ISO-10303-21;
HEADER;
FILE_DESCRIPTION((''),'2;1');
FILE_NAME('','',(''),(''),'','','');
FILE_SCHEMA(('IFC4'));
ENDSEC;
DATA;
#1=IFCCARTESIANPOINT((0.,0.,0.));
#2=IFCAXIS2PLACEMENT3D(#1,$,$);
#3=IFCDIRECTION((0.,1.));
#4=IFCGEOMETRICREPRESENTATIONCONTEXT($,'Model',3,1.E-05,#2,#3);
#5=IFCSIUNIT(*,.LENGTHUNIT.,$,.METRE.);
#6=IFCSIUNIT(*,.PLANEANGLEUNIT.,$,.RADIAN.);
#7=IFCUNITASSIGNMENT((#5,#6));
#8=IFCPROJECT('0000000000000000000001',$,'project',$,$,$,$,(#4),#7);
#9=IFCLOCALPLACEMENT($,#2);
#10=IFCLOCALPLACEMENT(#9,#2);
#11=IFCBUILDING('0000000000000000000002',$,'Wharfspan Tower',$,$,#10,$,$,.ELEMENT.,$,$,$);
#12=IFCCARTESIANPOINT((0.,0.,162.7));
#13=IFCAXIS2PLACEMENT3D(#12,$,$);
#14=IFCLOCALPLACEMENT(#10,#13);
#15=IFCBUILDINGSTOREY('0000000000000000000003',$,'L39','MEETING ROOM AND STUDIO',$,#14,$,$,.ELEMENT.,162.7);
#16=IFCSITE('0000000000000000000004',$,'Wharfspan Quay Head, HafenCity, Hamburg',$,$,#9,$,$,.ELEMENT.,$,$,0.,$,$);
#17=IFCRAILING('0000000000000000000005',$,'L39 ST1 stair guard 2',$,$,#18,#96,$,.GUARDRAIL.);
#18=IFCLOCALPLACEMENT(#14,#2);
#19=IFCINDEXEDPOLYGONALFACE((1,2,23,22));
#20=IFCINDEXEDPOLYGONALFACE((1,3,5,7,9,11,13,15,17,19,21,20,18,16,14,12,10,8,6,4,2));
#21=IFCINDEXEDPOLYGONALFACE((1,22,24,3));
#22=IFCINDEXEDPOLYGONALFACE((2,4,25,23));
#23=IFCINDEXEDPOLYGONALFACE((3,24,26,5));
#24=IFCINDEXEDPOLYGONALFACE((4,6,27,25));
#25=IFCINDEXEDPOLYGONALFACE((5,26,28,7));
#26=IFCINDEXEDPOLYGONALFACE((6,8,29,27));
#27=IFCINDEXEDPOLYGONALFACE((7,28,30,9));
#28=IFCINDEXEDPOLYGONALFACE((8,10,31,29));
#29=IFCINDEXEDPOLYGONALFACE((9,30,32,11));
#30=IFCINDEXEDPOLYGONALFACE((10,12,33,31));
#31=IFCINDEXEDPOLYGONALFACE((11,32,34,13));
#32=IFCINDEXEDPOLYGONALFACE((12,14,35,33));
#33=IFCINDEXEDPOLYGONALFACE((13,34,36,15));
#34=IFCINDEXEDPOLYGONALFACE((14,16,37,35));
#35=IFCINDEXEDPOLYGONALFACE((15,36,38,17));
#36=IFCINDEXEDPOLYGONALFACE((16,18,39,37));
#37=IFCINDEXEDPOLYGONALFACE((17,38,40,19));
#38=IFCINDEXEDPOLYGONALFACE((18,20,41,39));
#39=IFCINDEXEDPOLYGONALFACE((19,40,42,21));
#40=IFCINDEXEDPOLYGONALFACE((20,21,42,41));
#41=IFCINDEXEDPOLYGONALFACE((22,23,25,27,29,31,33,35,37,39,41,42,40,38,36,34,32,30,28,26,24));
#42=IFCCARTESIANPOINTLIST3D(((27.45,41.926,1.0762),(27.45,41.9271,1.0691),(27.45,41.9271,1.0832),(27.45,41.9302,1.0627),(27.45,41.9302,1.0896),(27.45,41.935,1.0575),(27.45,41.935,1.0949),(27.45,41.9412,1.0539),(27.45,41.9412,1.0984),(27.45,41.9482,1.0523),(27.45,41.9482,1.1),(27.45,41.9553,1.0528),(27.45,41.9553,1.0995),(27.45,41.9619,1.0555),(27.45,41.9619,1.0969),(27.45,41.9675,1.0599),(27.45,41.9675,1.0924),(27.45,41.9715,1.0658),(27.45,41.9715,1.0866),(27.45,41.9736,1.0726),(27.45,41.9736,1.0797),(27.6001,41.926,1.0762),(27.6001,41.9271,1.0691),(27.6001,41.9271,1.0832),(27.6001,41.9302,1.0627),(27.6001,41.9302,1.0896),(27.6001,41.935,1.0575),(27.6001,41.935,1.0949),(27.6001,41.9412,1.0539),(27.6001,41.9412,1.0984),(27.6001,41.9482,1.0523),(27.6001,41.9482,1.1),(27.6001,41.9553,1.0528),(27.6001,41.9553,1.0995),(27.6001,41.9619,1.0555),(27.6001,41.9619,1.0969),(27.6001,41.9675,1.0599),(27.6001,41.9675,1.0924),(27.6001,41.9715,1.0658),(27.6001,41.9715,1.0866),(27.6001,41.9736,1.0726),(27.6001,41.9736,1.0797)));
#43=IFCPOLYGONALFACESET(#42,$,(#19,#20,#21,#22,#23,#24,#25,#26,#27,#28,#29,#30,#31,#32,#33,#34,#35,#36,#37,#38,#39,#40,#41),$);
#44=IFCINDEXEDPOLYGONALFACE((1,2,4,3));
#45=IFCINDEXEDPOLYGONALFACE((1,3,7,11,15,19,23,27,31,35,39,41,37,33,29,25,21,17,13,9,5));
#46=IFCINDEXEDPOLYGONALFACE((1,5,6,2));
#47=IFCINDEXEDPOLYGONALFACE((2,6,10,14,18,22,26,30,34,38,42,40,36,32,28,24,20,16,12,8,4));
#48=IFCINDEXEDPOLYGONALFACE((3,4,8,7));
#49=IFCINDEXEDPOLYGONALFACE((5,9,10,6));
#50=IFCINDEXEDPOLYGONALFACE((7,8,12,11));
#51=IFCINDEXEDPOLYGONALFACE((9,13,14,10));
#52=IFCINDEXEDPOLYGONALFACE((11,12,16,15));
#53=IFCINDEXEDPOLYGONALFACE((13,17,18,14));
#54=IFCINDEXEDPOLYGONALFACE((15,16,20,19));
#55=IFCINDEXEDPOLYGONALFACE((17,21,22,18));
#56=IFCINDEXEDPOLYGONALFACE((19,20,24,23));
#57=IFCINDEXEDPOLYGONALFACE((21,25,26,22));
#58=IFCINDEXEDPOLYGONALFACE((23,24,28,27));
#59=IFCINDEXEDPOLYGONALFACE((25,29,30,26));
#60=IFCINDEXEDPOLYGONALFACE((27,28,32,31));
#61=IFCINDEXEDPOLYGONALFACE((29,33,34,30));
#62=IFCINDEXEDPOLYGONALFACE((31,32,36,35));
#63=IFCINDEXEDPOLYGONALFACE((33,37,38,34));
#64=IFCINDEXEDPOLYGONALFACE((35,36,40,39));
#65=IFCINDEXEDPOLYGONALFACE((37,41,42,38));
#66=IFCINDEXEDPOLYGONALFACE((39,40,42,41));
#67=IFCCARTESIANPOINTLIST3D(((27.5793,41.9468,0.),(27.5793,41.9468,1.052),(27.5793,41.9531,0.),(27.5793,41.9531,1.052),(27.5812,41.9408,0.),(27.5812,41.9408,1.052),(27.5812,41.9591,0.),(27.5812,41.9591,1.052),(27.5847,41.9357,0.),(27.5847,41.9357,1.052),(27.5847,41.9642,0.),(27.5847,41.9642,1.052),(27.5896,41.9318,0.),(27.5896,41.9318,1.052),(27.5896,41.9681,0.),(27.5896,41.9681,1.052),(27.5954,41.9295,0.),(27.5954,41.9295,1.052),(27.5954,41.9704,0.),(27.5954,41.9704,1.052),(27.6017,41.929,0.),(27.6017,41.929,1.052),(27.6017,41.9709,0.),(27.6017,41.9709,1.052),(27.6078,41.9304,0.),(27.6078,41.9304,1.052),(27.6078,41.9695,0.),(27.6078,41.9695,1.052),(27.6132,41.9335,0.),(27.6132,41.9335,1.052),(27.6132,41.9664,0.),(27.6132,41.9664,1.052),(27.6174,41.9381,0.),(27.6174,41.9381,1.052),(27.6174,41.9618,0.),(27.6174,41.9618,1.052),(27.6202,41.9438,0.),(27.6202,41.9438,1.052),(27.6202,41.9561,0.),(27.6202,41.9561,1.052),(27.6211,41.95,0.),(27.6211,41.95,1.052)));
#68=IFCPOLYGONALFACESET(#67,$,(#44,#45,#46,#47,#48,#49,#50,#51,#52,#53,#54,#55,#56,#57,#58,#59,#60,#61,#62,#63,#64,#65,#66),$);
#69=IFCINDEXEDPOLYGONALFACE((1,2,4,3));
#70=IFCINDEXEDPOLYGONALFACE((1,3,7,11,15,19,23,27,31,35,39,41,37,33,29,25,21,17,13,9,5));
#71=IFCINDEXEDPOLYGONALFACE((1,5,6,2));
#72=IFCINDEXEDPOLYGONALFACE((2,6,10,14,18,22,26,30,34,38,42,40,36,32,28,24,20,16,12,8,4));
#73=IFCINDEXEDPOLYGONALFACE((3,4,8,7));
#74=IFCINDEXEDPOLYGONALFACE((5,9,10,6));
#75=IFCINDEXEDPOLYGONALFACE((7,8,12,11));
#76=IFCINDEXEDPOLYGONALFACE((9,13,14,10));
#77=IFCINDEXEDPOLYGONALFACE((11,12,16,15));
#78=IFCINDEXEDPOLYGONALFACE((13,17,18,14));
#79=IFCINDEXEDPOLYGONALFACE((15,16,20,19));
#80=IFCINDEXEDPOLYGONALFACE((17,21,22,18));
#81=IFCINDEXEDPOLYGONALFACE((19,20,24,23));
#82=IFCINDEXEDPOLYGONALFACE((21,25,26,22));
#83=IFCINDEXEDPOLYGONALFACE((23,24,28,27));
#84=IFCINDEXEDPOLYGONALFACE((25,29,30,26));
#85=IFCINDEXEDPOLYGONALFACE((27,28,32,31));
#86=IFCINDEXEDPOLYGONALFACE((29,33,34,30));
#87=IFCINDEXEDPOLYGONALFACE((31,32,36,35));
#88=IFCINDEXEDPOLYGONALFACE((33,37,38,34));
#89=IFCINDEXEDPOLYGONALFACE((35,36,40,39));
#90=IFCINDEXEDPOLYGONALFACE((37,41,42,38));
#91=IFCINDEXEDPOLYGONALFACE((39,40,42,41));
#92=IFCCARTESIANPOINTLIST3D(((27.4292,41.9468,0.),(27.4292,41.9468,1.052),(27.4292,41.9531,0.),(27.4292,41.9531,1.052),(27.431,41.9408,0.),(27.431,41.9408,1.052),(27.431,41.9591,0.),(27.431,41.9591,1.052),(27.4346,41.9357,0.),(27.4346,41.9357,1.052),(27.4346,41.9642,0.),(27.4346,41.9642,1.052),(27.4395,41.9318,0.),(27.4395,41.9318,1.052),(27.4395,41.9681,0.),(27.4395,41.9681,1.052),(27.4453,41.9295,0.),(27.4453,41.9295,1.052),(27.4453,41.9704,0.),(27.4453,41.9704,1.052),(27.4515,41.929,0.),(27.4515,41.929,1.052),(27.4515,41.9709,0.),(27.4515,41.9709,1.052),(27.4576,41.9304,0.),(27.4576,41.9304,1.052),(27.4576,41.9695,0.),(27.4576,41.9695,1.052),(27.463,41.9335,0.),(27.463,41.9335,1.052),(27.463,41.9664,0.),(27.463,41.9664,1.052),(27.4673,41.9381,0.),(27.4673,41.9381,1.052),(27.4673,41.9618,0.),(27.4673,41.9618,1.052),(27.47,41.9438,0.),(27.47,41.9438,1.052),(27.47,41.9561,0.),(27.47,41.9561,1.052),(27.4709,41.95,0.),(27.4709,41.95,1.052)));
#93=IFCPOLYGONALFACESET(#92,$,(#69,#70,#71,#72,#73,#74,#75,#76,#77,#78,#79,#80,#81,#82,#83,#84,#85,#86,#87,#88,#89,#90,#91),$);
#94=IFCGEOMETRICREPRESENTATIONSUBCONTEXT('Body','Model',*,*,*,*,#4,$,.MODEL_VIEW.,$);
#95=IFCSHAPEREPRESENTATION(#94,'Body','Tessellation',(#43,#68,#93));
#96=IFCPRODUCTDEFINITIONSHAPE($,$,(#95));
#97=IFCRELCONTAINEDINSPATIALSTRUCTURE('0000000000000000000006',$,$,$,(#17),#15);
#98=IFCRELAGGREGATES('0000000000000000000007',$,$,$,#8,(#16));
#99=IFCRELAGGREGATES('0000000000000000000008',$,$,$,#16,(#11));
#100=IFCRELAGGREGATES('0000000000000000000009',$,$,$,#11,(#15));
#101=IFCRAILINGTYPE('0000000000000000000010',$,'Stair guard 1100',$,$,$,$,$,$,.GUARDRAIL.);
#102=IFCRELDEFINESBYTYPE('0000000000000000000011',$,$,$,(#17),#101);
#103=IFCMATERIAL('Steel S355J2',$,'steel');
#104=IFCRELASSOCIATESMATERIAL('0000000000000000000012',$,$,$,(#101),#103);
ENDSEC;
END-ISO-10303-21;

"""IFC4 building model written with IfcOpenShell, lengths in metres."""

from ifc_helpers import new_model, si_unit, direction, frame, origin, origin_2d, place, context, subcontext, project, spatial, circle, extrude, material, type_object, element, save


model = new_model("IFC4")

# Units and contexts
model_context = context("Model", 3, precision=1e-05, world=origin(), true_north=direction((0.0, 1.0)))
body_context = subcontext(model_context, "Body", "Model", "MODEL_VIEW")
ifc_project = project(units=[si_unit("LENGTHUNIT", "METRE"), si_unit("PLANEANGLEUNIT", "RADIAN")], contexts=[model_context])

# Site, building, storey
site_placement = place(None, origin())
site = spatial("IfcSite", under=ifc_project, at=site_placement, Name="Wharfspan Quay Head, HafenCity, Hamburg", CompositionType="ELEMENT", RefElevation=0.0)
building_placement = place(site_placement, origin())
building = spatial("IfcBuilding", under=site, at=building_placement, Name="Wharfspan Tower", CompositionType="ELEMENT")
storey_placement = place(building_placement, frame((0.0, 0.0, 162.7)))
storey = spatial("IfcBuildingStorey", under=building, at=storey_placement, Name="L39", Description="MEETING ROOM AND STUDIO", CompositionType="ELEMENT", Elevation=162.7)

# Shared definitions
ifc_material_1 = material(Name="Steel S355J2", Category="steel")

# Railing
railing_type_1 = type_object("IfcRailingType", Name="Stair guard 1100", PredefinedType="GUARDRAIL", material=ifc_material_1)
railing_1_placement = place(storey_placement, frame((27.6001, 41.95, 0.0)))
element("IfcRailing", 1, at=railing_1_placement, inside=storey, type_object=railing_type_1, Name="L39 ST1 stair guard 2", PredefinedType="GUARDRAIL", context=body_context, shape_type="SweptSolid", body=[
    extrude(circle(Radius=0.0239, at=origin_2d()), frame((0.0, 0.0, 1.0762), z_axis=(-1.0, 0.0, 0.0), x_axis=(0.0, -1.0, 0.0)), (0.0, 0.0, 1.0), 0.1501),
    extrude(circle(Radius=0.021, at=origin_2d()), origin(), (0.0, 0.0, 1.0), 1.052),
    extrude(circle(Radius=0.021, at=origin_2d()), frame((-0.1501, 0.0, 0.0)), (0.0, 0.0, 1.0), 1.052),
])

save(model, "model.ifc")
